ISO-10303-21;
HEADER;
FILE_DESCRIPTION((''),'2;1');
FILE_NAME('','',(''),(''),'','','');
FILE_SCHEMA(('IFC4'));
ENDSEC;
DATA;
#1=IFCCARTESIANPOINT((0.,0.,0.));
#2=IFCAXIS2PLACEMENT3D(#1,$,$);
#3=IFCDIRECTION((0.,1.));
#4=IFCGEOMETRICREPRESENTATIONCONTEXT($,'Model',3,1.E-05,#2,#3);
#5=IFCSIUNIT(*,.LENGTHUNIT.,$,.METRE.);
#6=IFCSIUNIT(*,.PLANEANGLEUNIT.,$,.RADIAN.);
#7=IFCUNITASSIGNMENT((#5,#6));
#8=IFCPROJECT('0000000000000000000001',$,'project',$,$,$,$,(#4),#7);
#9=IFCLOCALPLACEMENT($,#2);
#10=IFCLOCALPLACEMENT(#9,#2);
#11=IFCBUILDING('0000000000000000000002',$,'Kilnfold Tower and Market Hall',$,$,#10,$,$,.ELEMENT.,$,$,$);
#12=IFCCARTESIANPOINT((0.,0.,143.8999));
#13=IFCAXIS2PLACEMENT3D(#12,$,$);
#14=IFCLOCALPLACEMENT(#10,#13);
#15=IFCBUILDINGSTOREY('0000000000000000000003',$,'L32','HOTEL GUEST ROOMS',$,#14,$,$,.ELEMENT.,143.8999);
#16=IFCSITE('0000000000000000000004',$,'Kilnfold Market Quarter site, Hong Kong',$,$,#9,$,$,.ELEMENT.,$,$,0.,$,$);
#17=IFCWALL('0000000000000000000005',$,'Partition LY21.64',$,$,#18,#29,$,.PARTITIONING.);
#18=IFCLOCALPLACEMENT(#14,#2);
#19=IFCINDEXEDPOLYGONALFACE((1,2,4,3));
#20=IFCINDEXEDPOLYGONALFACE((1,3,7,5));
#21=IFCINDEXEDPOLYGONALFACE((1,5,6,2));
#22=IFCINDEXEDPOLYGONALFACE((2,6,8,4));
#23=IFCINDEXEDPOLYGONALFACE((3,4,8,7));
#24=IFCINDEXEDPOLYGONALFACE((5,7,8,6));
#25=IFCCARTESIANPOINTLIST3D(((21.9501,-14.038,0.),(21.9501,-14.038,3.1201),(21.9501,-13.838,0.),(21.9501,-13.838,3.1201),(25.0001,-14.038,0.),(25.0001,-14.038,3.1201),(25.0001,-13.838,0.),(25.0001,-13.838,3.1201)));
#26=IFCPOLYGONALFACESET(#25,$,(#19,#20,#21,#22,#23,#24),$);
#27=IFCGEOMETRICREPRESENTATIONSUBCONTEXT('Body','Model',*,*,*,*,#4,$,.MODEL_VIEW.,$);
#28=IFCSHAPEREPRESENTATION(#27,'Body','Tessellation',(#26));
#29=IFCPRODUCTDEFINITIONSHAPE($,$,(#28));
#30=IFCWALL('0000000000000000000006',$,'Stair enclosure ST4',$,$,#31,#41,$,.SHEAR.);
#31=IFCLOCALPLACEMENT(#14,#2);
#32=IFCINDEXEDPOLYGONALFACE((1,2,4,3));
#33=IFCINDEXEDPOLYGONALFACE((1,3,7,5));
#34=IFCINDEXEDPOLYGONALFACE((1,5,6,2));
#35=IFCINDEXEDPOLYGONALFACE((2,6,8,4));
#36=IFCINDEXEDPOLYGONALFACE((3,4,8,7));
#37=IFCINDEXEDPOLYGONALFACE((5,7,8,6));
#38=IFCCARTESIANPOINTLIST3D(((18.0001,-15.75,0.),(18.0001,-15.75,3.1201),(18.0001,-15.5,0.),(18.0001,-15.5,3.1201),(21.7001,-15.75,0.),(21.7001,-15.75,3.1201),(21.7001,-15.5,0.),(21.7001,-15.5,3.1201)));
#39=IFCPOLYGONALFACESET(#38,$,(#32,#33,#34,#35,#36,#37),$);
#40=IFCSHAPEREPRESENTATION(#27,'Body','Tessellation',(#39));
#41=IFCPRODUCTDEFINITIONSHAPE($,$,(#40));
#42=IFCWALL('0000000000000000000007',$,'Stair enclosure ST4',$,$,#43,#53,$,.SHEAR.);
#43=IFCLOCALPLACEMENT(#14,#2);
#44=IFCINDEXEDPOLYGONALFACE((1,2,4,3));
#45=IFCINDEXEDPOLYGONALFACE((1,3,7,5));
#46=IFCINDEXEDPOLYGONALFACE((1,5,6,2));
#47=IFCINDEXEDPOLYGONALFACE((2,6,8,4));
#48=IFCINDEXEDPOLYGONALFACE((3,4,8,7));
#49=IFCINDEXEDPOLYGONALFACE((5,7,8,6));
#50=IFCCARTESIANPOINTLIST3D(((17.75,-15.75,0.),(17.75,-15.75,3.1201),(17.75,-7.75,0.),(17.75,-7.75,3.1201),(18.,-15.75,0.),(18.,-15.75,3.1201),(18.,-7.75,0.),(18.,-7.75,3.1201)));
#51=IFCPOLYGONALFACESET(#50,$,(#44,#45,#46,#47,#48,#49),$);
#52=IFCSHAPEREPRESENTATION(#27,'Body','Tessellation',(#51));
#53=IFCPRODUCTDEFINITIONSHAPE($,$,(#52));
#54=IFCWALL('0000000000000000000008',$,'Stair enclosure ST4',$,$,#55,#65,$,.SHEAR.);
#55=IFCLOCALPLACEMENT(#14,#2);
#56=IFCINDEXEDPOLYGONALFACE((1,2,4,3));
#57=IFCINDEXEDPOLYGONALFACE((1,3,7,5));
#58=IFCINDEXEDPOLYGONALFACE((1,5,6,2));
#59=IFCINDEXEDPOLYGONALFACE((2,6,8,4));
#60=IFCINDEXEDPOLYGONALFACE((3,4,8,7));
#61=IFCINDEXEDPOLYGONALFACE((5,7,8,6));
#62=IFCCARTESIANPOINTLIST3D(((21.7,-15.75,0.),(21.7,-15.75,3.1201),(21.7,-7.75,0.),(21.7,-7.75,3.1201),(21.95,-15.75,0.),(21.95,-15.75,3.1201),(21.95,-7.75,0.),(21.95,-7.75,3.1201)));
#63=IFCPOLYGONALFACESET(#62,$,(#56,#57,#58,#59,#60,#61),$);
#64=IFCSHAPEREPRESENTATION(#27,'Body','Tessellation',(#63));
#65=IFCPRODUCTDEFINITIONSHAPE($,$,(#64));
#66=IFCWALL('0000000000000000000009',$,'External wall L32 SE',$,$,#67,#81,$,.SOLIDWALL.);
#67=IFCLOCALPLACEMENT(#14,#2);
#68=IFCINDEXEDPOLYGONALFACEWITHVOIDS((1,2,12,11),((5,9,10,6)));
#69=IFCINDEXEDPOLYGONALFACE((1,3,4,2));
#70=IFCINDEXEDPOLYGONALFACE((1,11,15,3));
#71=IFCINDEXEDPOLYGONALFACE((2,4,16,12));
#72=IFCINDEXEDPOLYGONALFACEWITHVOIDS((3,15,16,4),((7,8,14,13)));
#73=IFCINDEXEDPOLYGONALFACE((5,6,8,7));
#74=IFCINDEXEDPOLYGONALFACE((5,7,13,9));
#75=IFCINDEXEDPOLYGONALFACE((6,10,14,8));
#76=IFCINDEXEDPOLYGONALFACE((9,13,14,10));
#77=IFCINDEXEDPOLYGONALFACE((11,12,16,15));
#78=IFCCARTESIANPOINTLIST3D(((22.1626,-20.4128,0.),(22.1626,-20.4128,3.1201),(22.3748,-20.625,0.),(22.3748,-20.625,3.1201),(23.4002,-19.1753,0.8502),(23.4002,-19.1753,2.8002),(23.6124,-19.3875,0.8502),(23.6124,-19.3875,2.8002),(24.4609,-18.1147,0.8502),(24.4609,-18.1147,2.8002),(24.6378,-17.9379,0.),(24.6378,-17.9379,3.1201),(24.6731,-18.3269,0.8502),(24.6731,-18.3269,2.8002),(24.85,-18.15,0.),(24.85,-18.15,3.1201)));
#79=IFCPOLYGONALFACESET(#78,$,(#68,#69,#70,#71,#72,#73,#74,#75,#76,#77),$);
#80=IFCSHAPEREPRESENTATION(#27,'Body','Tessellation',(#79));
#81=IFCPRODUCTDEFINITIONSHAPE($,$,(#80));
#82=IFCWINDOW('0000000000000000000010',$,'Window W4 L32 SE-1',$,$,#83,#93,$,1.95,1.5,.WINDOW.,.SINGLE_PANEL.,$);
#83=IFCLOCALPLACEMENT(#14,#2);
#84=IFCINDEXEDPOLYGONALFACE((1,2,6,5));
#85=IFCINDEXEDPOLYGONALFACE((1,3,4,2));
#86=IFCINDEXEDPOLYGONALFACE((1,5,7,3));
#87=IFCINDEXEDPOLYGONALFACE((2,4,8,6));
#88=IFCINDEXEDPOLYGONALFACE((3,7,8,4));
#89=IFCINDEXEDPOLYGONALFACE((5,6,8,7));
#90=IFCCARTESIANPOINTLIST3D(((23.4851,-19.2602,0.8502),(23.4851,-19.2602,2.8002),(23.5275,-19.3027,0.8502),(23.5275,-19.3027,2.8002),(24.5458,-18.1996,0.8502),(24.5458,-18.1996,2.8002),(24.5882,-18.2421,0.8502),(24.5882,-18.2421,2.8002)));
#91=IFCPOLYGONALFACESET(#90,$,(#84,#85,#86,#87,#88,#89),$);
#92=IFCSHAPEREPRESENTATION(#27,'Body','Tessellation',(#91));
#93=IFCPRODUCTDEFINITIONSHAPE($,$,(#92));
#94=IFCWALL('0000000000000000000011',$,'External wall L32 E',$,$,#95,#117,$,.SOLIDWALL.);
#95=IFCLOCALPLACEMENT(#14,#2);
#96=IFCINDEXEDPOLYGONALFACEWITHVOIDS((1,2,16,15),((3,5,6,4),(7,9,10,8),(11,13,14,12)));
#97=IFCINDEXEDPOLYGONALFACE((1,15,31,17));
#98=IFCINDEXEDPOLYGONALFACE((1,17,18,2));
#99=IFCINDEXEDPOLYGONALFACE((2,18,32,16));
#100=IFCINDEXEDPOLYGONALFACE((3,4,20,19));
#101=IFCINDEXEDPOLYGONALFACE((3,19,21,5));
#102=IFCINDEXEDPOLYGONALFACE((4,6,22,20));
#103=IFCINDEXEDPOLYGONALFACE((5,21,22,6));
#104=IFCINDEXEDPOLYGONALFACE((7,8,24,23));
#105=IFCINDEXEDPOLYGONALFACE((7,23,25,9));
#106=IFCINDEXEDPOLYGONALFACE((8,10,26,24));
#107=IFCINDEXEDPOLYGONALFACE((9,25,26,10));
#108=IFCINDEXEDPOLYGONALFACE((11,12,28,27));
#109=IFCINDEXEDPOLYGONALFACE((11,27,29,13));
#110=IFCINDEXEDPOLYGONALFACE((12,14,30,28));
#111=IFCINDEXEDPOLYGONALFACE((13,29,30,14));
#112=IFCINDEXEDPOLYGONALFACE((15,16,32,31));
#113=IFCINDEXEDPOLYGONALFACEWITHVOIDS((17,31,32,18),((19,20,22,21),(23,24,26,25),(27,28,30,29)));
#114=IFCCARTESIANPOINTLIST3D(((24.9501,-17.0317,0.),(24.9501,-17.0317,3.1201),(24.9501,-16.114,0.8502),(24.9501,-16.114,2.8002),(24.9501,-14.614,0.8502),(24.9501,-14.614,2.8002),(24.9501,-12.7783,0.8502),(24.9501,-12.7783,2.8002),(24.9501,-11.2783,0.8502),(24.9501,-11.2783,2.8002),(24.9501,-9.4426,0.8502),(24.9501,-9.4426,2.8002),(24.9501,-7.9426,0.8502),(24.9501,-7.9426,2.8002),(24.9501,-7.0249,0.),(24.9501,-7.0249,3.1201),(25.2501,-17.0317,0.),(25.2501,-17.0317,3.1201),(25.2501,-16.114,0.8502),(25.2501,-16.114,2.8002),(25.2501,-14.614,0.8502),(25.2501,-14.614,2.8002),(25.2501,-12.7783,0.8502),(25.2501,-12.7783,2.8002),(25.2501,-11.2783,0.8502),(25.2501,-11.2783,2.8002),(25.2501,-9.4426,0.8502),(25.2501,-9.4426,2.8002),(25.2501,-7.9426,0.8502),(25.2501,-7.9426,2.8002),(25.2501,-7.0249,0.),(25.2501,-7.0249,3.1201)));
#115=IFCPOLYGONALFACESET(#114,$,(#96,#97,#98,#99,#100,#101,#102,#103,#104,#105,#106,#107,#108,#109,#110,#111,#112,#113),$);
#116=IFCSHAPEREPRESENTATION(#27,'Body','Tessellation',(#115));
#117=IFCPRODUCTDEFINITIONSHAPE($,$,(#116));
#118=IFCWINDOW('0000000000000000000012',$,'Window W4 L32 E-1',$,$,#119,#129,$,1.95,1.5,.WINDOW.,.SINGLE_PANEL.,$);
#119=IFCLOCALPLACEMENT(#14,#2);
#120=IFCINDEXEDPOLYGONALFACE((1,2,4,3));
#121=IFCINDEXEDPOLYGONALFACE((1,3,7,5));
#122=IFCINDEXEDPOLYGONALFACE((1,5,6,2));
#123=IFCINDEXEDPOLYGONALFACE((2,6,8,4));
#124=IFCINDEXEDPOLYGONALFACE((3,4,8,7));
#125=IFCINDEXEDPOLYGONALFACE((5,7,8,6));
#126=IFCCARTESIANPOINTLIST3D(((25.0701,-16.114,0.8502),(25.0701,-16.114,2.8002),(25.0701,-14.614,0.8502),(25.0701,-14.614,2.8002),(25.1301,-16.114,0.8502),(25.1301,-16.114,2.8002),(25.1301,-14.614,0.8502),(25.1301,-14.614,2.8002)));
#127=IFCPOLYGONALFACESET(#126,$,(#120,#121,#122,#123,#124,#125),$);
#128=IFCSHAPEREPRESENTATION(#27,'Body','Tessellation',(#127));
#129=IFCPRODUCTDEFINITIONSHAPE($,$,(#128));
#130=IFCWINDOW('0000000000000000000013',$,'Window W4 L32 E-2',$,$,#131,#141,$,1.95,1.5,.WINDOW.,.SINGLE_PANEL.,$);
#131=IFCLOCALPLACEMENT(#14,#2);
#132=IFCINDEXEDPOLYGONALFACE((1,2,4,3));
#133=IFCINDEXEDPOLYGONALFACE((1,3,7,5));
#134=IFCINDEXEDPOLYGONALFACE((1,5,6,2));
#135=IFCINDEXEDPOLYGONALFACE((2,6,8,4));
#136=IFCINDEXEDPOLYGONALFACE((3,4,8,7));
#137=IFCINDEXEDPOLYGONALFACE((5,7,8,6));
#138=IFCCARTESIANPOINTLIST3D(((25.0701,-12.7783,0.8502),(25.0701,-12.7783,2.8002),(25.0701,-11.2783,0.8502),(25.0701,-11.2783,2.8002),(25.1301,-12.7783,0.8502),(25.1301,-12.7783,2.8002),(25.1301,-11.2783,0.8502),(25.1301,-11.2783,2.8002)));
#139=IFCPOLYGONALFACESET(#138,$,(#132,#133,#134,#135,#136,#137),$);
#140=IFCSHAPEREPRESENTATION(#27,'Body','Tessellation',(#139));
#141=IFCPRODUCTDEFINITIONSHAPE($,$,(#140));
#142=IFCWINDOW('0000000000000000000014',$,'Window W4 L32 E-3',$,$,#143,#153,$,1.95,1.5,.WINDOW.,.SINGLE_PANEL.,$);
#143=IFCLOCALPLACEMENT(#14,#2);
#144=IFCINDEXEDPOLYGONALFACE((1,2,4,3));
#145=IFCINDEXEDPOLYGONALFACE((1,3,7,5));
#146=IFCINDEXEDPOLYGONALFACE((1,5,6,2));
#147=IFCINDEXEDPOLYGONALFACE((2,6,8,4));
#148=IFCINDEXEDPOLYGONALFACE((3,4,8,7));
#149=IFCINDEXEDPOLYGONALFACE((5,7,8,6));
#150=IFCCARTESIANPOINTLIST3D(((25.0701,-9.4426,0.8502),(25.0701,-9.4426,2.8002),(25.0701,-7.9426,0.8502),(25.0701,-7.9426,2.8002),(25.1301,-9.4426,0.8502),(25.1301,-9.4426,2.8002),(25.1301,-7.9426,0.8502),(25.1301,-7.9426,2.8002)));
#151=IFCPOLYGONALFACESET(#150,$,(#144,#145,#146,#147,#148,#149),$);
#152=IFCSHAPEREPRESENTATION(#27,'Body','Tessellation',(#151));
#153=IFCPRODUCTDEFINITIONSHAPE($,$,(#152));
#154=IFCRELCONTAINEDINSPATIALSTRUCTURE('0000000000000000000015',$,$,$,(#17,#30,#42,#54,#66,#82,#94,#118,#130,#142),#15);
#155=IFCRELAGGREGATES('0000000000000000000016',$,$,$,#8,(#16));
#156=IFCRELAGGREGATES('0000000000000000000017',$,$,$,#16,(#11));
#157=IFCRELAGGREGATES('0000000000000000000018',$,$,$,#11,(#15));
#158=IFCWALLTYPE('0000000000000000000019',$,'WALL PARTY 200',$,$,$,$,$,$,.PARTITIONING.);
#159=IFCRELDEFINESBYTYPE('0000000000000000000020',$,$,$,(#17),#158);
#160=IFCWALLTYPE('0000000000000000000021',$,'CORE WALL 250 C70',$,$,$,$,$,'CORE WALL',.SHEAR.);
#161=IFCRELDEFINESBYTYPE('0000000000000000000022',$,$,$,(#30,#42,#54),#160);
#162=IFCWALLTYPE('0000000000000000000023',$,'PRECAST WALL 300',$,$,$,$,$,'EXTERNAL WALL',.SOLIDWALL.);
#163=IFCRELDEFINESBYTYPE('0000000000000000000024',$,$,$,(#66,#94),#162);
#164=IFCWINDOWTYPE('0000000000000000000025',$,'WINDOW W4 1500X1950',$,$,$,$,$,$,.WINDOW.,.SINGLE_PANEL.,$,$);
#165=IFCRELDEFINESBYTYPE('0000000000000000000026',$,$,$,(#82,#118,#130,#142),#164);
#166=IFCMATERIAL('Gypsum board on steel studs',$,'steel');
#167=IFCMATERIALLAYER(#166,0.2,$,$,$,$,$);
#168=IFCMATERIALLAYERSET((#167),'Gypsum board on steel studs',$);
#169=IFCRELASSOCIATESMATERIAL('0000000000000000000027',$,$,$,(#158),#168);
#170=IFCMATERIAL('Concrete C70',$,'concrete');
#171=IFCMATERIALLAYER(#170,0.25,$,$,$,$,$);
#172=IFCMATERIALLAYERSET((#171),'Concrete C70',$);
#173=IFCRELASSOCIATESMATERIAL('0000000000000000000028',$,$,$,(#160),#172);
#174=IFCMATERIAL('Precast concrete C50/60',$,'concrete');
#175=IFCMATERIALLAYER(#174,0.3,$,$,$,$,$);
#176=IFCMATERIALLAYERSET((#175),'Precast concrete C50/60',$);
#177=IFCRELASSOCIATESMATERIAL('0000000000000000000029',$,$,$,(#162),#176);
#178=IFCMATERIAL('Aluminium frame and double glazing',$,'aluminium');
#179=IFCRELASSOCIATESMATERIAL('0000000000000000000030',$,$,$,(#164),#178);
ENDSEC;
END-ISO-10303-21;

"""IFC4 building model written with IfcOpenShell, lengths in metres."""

from ifc_helpers import new_model, si_unit, direction, frame, frame_2d, origin, place, context, subcontext, project, spatial, rectangle, extrude, source, transform, mapped, material, layer, layer_set, type_object, element, fill, save


model = new_model("IFC4")

# Units and contexts
model_context = context("Model", 3, precision=1e-05, world=origin(), true_north=direction((0.0, 1.0)))
body_context = subcontext(model_context, "Body", "Model", "MODEL_VIEW")
ifc_project = project(units=[si_unit("LENGTHUNIT", "METRE"), si_unit("PLANEANGLEUNIT", "RADIAN")], contexts=[model_context])

# Site, building, storey
site_placement = place(None, origin())
site = spatial("IfcSite", under=ifc_project, at=site_placement, Name="Kilnfold Market Quarter site, Hong Kong", CompositionType="ELEMENT", RefElevation=0.0)
building_placement = place(site_placement, origin())
building = spatial("IfcBuilding", under=site, at=building_placement, Name="Kilnfold Tower and Market Hall", CompositionType="ELEMENT")
storey_placement = place(building_placement, frame((0.0, 0.0, 143.8999)))
storey = spatial("IfcBuildingStorey", under=building, at=storey_placement, Name="L32", Description="HOTEL GUEST ROOMS", CompositionType="ELEMENT", Elevation=143.8999)

# Walls
ifc_material_1 = material(Name="Gypsum board on steel studs", Category="steel")
ifc_layer_1 = layer(ifc_material_1, 0.2)
ifc_layer_set_1 = layer_set([ifc_layer_1], Name="Gypsum board on steel studs")
wall_type_1 = type_object("IfcWallType", Name="WALL PARTY 200", PredefinedType="PARTITIONING", material=ifc_layer_set_1)
wall_1_placement = place(storey_placement, frame((25.0, -13.938, 0.0), z_axis=(0.0, 0.0, 1.0), x_axis=(-1.0, 0.0, 0.0)))
element("IfcWall", 1, at=wall_1_placement, inside=storey, type_object=wall_type_1, Name="Partition LY21.64", PredefinedType="PARTITIONING", context=body_context, shape_type="SweptSolid", body=[
    extrude(rectangle(XDim=3.05, YDim=0.2, at=frame_2d((1.5249, 0.0))), origin(), (0.0, 0.0, 1.0), 3.1201),
])
ifc_material_2 = material(Name="Concrete C70", Category="concrete")
ifc_layer_2 = layer(ifc_material_2, 0.25)
ifc_layer_set_2 = layer_set([ifc_layer_2], Name="Concrete C70")
wall_type_2 = type_object("IfcWallType", Name="CORE WALL 250 C70", ElementType="CORE WALL", PredefinedType="SHEAR", material=ifc_layer_set_2)
shared_shape_1 = source(origin(), body_context, "Body", "SweptSolid", [
    extrude(rectangle(XDim=3.7, YDim=0.25, at=frame_2d((1.8501, 0.0))), origin(), (0.0, 0.0, 1.0), 3.1201),
])
wall_2_placement = place(storey_placement, frame((18.0, -15.625, 0.0), z_axis=(0.0, 0.0, 1.0), x_axis=(1.0, 0.0, 0.0)))
element("IfcWall", 2, at=wall_2_placement, inside=storey, type_object=wall_type_2, Name="Stair enclosure ST4", PredefinedType="SHEAR", context=body_context, shape_type="MappedRepresentation", body=[
    mapped(shared_shape_1, transform((0.0, 0.0, 0.0))),
])
shared_shape_2 = source(origin(), body_context, "Body", "SweptSolid", [
    extrude(rectangle(XDim=8.0, YDim=0.25, at=frame_2d((4.0, 0.0))), origin(), (0.0, 0.0, 1.0), 3.1201),
])
for number, where, z_axis, x_axis, name in (
    (3, (17.875, -15.75, 0.0), (0.0, 0.0, 1.0), (0.0, 1.0, 0.0), "Stair enclosure ST4"),
    (4, (21.825, -15.75, 0.0), (0.0, 0.0, 1.0), (0.0, 1.0, 0.0), "Stair enclosure ST4"),
):
    element("IfcWall", number, at=place(storey_placement, frame(where, z_axis=z_axis, x_axis=x_axis)), inside=storey, type_object=wall_type_2, Name=name, PredefinedType="SHEAR", context=body_context, shape_type="MappedRepresentation", body=[
        mapped(shared_shape_2, transform((0.0, 0.0, 0.0))),
    ])

# Wall, opening, window
ifc_material_3 = material(Name="Precast concrete C50/60", Category="concrete")
ifc_layer_3 = layer(ifc_material_3, 0.3)
ifc_layer_set_3 = layer_set([ifc_layer_3], Name="Precast concrete C50/60")
wall_type_3 = type_object("IfcWallType", Name="PRECAST WALL 300", ElementType="EXTERNAL WALL", PredefinedType="SOLIDWALL", material=ifc_layer_set_3)
shared_shape_3 = source(origin(), body_context, "Body", "SweptSolid", [
    extrude(rectangle(XDim=3.5002, YDim=0.3, at=frame_2d((1.75, 0.0))), origin(), (0.0, 0.0, 1.0), 3.1201),
])
wall_3_placement = place(storey_placement, frame((22.2688, -20.5188, 0.0), z_axis=(0.0, 0.0, 1.0), x_axis=(0.707142, 0.707072, 0.0)))
wall_3 = element("IfcWall", 5, at=wall_3_placement, inside=storey, type_object=wall_type_3, Name="External wall L32 SE", PredefinedType="SOLIDWALL", context=body_context, shape_type="MappedRepresentation", body=[
    mapped(shared_shape_3, transform((0.0, 0.0, 0.0))),
])
opening_1_placement = place(wall_3_placement, frame((1.75, 0.0, 0.8501)))
opening_1 = element("IfcOpeningElement", 6, at=opening_1_placement, cuts=wall_3, PredefinedType="OPENING", context=body_context, shape_type="SweptSolid", body=[
    extrude(rectangle(XDim=1.5, YDim=1.95, at=frame_2d((0.75, 0.9751))), frame((0.0, 0.1602, 0.0), z_axis=(0.0, -1.0, 0.0), x_axis=(1.0, 0.0, 0.0)), (0.0, 0.0, 1.0), 0.3201),
])
ifc_material_4 = material(Name="Aluminium frame and double glazing", Category="aluminium")
window_type = type_object("IfcWindowType", Name="WINDOW W4 1500X1950", PartitioningType="SINGLE_PANEL", PredefinedType="WINDOW", material=ifc_material_4)
window_1_placement = place(opening_1_placement, origin())
window_1 = element("IfcWindow", 7, at=window_1_placement, inside=storey, type_object=window_type, Name="Window W4 L32 SE-1", OverallHeight=1.95, OverallWidth=1.5, PartitioningType="SINGLE_PANEL", PredefinedType="WINDOW", context=body_context, shape_type="SweptSolid", body=[
    extrude(rectangle(XDim=1.5, YDim=1.95, at=frame_2d((0.75, 0.9751))), frame((0.0, 0.03, 0.0), z_axis=(0.0, -1.0, 0.0), x_axis=(1.0, 0.0, 0.0)), (0.0, 0.0, 1.0), 0.0601),
])
fill(opening_1, window_1)

# Wall, openings, windows
shared_shape_4 = source(origin(), body_context, "Body", "SweptSolid", [
    extrude(rectangle(XDim=10.0068, YDim=0.3, at=frame_2d((5.0034, 0.0))), origin(), (0.0, 0.0, 1.0), 3.1201),
])
wall_4_placement = place(storey_placement, frame((25.1001, -17.0317, 0.0), z_axis=(0.0, 0.0, 1.0), x_axis=(0.0, 1.0, 0.0)))
wall_4 = element("IfcWall", 8, at=wall_4_placement, inside=storey, type_object=wall_type_3, Name="External wall L32 E", PredefinedType="SOLIDWALL", context=body_context, shape_type="MappedRepresentation", body=[
    mapped(shared_shape_4, transform((0.0, 0.0, 0.0))),
])
opening_2_placement = place(wall_4_placement, frame((0.9177, 0.0, 0.8501)))
opening_2 = element("IfcOpeningElement", 9, at=opening_2_placement, cuts=wall_4, PredefinedType="OPENING", context=body_context, shape_type="SweptSolid", body=[
    extrude(rectangle(XDim=1.5, YDim=1.95, at=frame_2d((0.75, 0.9751))), frame((0.0, 0.1602, 0.0), z_axis=(0.0, -1.0, 0.0), x_axis=(1.0, 0.0, 0.0)), (0.0, 0.0, 1.0), 0.3201),
])
opening_3_placement = place(wall_4_placement, frame((4.2534, 0.0, 0.8501)))
opening_3 = element("IfcOpeningElement", 10, at=opening_3_placement, cuts=wall_4, PredefinedType="OPENING", context=body_context, shape_type="SweptSolid", body=[
    extrude(rectangle(XDim=1.5, YDim=1.95, at=frame_2d((0.75, 0.9751))), frame((0.0, 0.1602, 0.0), z_axis=(0.0, -1.0, 0.0), x_axis=(1.0, 0.0, 0.0)), (0.0, 0.0, 1.0), 0.3201),
])
opening_4_placement = place(wall_4_placement, frame((7.5891, 0.0, 0.8501)))
opening_4 = element("IfcOpeningElement", 11, at=opening_4_placement, cuts=wall_4, PredefinedType="OPENING", context=body_context, shape_type="SweptSolid", body=[
    extrude(rectangle(XDim=1.5, YDim=1.95, at=frame_2d((0.75, 0.9751))), frame((0.0, 0.1602, 0.0), z_axis=(0.0, -1.0, 0.0), x_axis=(1.0, 0.0, 0.0)), (0.0, 0.0, 1.0), 0.3201),
])
window_2_placement = place(opening_2_placement, origin())
window_2 = element("IfcWindow", 12, at=window_2_placement, inside=storey, type_object=window_type, Name="Window W4 L32 E-1", OverallHeight=1.95, OverallWidth=1.5, PartitioningType="SINGLE_PANEL", PredefinedType="WINDOW", context=body_context, shape_type="SweptSolid", body=[
    extrude(rectangle(XDim=1.5, YDim=1.95, at=frame_2d((0.75, 0.9751))), frame((0.0, 0.03, 0.0), z_axis=(0.0, -1.0, 0.0), x_axis=(1.0, 0.0, 0.0)), (0.0, 0.0, 1.0), 0.0601),
])
fill(opening_2, window_2)
window_3_placement = place(opening_3_placement, origin())
window_3 = element("IfcWindow", 13, at=window_3_placement, inside=storey, type_object=window_type, Name="Window W4 L32 E-2", OverallHeight=1.95, OverallWidth=1.5, PartitioningType="SINGLE_PANEL", PredefinedType="WINDOW", context=body_context, shape_type="SweptSolid", body=[
    extrude(rectangle(XDim=1.5, YDim=1.95, at=frame_2d((0.75, 0.9751))), frame((0.0, 0.03, 0.0), z_axis=(0.0, -1.0, 0.0), x_axis=(1.0, 0.0, 0.0)), (0.0, 0.0, 1.0), 0.0601),
])
fill(opening_3, window_3)
window_4_placement = place(opening_4_placement, origin())
window_4 = element("IfcWindow", 14, at=window_4_placement, inside=storey, type_object=window_type, Name="Window W4 L32 E-3", OverallHeight=1.95, OverallWidth=1.5, PartitioningType="SINGLE_PANEL", PredefinedType="WINDOW", context=body_context, shape_type="SweptSolid", body=[
    extrude(rectangle(XDim=1.5, YDim=1.95, at=frame_2d((0.75, 0.9751))), frame((0.0, 0.03, 0.0), z_axis=(0.0, -1.0, 0.0), x_axis=(1.0, 0.0, 0.0)), (0.0, 0.0, 1.0), 0.0601),
])
fill(opening_4, window_4)

save(model, "model.ifc")
